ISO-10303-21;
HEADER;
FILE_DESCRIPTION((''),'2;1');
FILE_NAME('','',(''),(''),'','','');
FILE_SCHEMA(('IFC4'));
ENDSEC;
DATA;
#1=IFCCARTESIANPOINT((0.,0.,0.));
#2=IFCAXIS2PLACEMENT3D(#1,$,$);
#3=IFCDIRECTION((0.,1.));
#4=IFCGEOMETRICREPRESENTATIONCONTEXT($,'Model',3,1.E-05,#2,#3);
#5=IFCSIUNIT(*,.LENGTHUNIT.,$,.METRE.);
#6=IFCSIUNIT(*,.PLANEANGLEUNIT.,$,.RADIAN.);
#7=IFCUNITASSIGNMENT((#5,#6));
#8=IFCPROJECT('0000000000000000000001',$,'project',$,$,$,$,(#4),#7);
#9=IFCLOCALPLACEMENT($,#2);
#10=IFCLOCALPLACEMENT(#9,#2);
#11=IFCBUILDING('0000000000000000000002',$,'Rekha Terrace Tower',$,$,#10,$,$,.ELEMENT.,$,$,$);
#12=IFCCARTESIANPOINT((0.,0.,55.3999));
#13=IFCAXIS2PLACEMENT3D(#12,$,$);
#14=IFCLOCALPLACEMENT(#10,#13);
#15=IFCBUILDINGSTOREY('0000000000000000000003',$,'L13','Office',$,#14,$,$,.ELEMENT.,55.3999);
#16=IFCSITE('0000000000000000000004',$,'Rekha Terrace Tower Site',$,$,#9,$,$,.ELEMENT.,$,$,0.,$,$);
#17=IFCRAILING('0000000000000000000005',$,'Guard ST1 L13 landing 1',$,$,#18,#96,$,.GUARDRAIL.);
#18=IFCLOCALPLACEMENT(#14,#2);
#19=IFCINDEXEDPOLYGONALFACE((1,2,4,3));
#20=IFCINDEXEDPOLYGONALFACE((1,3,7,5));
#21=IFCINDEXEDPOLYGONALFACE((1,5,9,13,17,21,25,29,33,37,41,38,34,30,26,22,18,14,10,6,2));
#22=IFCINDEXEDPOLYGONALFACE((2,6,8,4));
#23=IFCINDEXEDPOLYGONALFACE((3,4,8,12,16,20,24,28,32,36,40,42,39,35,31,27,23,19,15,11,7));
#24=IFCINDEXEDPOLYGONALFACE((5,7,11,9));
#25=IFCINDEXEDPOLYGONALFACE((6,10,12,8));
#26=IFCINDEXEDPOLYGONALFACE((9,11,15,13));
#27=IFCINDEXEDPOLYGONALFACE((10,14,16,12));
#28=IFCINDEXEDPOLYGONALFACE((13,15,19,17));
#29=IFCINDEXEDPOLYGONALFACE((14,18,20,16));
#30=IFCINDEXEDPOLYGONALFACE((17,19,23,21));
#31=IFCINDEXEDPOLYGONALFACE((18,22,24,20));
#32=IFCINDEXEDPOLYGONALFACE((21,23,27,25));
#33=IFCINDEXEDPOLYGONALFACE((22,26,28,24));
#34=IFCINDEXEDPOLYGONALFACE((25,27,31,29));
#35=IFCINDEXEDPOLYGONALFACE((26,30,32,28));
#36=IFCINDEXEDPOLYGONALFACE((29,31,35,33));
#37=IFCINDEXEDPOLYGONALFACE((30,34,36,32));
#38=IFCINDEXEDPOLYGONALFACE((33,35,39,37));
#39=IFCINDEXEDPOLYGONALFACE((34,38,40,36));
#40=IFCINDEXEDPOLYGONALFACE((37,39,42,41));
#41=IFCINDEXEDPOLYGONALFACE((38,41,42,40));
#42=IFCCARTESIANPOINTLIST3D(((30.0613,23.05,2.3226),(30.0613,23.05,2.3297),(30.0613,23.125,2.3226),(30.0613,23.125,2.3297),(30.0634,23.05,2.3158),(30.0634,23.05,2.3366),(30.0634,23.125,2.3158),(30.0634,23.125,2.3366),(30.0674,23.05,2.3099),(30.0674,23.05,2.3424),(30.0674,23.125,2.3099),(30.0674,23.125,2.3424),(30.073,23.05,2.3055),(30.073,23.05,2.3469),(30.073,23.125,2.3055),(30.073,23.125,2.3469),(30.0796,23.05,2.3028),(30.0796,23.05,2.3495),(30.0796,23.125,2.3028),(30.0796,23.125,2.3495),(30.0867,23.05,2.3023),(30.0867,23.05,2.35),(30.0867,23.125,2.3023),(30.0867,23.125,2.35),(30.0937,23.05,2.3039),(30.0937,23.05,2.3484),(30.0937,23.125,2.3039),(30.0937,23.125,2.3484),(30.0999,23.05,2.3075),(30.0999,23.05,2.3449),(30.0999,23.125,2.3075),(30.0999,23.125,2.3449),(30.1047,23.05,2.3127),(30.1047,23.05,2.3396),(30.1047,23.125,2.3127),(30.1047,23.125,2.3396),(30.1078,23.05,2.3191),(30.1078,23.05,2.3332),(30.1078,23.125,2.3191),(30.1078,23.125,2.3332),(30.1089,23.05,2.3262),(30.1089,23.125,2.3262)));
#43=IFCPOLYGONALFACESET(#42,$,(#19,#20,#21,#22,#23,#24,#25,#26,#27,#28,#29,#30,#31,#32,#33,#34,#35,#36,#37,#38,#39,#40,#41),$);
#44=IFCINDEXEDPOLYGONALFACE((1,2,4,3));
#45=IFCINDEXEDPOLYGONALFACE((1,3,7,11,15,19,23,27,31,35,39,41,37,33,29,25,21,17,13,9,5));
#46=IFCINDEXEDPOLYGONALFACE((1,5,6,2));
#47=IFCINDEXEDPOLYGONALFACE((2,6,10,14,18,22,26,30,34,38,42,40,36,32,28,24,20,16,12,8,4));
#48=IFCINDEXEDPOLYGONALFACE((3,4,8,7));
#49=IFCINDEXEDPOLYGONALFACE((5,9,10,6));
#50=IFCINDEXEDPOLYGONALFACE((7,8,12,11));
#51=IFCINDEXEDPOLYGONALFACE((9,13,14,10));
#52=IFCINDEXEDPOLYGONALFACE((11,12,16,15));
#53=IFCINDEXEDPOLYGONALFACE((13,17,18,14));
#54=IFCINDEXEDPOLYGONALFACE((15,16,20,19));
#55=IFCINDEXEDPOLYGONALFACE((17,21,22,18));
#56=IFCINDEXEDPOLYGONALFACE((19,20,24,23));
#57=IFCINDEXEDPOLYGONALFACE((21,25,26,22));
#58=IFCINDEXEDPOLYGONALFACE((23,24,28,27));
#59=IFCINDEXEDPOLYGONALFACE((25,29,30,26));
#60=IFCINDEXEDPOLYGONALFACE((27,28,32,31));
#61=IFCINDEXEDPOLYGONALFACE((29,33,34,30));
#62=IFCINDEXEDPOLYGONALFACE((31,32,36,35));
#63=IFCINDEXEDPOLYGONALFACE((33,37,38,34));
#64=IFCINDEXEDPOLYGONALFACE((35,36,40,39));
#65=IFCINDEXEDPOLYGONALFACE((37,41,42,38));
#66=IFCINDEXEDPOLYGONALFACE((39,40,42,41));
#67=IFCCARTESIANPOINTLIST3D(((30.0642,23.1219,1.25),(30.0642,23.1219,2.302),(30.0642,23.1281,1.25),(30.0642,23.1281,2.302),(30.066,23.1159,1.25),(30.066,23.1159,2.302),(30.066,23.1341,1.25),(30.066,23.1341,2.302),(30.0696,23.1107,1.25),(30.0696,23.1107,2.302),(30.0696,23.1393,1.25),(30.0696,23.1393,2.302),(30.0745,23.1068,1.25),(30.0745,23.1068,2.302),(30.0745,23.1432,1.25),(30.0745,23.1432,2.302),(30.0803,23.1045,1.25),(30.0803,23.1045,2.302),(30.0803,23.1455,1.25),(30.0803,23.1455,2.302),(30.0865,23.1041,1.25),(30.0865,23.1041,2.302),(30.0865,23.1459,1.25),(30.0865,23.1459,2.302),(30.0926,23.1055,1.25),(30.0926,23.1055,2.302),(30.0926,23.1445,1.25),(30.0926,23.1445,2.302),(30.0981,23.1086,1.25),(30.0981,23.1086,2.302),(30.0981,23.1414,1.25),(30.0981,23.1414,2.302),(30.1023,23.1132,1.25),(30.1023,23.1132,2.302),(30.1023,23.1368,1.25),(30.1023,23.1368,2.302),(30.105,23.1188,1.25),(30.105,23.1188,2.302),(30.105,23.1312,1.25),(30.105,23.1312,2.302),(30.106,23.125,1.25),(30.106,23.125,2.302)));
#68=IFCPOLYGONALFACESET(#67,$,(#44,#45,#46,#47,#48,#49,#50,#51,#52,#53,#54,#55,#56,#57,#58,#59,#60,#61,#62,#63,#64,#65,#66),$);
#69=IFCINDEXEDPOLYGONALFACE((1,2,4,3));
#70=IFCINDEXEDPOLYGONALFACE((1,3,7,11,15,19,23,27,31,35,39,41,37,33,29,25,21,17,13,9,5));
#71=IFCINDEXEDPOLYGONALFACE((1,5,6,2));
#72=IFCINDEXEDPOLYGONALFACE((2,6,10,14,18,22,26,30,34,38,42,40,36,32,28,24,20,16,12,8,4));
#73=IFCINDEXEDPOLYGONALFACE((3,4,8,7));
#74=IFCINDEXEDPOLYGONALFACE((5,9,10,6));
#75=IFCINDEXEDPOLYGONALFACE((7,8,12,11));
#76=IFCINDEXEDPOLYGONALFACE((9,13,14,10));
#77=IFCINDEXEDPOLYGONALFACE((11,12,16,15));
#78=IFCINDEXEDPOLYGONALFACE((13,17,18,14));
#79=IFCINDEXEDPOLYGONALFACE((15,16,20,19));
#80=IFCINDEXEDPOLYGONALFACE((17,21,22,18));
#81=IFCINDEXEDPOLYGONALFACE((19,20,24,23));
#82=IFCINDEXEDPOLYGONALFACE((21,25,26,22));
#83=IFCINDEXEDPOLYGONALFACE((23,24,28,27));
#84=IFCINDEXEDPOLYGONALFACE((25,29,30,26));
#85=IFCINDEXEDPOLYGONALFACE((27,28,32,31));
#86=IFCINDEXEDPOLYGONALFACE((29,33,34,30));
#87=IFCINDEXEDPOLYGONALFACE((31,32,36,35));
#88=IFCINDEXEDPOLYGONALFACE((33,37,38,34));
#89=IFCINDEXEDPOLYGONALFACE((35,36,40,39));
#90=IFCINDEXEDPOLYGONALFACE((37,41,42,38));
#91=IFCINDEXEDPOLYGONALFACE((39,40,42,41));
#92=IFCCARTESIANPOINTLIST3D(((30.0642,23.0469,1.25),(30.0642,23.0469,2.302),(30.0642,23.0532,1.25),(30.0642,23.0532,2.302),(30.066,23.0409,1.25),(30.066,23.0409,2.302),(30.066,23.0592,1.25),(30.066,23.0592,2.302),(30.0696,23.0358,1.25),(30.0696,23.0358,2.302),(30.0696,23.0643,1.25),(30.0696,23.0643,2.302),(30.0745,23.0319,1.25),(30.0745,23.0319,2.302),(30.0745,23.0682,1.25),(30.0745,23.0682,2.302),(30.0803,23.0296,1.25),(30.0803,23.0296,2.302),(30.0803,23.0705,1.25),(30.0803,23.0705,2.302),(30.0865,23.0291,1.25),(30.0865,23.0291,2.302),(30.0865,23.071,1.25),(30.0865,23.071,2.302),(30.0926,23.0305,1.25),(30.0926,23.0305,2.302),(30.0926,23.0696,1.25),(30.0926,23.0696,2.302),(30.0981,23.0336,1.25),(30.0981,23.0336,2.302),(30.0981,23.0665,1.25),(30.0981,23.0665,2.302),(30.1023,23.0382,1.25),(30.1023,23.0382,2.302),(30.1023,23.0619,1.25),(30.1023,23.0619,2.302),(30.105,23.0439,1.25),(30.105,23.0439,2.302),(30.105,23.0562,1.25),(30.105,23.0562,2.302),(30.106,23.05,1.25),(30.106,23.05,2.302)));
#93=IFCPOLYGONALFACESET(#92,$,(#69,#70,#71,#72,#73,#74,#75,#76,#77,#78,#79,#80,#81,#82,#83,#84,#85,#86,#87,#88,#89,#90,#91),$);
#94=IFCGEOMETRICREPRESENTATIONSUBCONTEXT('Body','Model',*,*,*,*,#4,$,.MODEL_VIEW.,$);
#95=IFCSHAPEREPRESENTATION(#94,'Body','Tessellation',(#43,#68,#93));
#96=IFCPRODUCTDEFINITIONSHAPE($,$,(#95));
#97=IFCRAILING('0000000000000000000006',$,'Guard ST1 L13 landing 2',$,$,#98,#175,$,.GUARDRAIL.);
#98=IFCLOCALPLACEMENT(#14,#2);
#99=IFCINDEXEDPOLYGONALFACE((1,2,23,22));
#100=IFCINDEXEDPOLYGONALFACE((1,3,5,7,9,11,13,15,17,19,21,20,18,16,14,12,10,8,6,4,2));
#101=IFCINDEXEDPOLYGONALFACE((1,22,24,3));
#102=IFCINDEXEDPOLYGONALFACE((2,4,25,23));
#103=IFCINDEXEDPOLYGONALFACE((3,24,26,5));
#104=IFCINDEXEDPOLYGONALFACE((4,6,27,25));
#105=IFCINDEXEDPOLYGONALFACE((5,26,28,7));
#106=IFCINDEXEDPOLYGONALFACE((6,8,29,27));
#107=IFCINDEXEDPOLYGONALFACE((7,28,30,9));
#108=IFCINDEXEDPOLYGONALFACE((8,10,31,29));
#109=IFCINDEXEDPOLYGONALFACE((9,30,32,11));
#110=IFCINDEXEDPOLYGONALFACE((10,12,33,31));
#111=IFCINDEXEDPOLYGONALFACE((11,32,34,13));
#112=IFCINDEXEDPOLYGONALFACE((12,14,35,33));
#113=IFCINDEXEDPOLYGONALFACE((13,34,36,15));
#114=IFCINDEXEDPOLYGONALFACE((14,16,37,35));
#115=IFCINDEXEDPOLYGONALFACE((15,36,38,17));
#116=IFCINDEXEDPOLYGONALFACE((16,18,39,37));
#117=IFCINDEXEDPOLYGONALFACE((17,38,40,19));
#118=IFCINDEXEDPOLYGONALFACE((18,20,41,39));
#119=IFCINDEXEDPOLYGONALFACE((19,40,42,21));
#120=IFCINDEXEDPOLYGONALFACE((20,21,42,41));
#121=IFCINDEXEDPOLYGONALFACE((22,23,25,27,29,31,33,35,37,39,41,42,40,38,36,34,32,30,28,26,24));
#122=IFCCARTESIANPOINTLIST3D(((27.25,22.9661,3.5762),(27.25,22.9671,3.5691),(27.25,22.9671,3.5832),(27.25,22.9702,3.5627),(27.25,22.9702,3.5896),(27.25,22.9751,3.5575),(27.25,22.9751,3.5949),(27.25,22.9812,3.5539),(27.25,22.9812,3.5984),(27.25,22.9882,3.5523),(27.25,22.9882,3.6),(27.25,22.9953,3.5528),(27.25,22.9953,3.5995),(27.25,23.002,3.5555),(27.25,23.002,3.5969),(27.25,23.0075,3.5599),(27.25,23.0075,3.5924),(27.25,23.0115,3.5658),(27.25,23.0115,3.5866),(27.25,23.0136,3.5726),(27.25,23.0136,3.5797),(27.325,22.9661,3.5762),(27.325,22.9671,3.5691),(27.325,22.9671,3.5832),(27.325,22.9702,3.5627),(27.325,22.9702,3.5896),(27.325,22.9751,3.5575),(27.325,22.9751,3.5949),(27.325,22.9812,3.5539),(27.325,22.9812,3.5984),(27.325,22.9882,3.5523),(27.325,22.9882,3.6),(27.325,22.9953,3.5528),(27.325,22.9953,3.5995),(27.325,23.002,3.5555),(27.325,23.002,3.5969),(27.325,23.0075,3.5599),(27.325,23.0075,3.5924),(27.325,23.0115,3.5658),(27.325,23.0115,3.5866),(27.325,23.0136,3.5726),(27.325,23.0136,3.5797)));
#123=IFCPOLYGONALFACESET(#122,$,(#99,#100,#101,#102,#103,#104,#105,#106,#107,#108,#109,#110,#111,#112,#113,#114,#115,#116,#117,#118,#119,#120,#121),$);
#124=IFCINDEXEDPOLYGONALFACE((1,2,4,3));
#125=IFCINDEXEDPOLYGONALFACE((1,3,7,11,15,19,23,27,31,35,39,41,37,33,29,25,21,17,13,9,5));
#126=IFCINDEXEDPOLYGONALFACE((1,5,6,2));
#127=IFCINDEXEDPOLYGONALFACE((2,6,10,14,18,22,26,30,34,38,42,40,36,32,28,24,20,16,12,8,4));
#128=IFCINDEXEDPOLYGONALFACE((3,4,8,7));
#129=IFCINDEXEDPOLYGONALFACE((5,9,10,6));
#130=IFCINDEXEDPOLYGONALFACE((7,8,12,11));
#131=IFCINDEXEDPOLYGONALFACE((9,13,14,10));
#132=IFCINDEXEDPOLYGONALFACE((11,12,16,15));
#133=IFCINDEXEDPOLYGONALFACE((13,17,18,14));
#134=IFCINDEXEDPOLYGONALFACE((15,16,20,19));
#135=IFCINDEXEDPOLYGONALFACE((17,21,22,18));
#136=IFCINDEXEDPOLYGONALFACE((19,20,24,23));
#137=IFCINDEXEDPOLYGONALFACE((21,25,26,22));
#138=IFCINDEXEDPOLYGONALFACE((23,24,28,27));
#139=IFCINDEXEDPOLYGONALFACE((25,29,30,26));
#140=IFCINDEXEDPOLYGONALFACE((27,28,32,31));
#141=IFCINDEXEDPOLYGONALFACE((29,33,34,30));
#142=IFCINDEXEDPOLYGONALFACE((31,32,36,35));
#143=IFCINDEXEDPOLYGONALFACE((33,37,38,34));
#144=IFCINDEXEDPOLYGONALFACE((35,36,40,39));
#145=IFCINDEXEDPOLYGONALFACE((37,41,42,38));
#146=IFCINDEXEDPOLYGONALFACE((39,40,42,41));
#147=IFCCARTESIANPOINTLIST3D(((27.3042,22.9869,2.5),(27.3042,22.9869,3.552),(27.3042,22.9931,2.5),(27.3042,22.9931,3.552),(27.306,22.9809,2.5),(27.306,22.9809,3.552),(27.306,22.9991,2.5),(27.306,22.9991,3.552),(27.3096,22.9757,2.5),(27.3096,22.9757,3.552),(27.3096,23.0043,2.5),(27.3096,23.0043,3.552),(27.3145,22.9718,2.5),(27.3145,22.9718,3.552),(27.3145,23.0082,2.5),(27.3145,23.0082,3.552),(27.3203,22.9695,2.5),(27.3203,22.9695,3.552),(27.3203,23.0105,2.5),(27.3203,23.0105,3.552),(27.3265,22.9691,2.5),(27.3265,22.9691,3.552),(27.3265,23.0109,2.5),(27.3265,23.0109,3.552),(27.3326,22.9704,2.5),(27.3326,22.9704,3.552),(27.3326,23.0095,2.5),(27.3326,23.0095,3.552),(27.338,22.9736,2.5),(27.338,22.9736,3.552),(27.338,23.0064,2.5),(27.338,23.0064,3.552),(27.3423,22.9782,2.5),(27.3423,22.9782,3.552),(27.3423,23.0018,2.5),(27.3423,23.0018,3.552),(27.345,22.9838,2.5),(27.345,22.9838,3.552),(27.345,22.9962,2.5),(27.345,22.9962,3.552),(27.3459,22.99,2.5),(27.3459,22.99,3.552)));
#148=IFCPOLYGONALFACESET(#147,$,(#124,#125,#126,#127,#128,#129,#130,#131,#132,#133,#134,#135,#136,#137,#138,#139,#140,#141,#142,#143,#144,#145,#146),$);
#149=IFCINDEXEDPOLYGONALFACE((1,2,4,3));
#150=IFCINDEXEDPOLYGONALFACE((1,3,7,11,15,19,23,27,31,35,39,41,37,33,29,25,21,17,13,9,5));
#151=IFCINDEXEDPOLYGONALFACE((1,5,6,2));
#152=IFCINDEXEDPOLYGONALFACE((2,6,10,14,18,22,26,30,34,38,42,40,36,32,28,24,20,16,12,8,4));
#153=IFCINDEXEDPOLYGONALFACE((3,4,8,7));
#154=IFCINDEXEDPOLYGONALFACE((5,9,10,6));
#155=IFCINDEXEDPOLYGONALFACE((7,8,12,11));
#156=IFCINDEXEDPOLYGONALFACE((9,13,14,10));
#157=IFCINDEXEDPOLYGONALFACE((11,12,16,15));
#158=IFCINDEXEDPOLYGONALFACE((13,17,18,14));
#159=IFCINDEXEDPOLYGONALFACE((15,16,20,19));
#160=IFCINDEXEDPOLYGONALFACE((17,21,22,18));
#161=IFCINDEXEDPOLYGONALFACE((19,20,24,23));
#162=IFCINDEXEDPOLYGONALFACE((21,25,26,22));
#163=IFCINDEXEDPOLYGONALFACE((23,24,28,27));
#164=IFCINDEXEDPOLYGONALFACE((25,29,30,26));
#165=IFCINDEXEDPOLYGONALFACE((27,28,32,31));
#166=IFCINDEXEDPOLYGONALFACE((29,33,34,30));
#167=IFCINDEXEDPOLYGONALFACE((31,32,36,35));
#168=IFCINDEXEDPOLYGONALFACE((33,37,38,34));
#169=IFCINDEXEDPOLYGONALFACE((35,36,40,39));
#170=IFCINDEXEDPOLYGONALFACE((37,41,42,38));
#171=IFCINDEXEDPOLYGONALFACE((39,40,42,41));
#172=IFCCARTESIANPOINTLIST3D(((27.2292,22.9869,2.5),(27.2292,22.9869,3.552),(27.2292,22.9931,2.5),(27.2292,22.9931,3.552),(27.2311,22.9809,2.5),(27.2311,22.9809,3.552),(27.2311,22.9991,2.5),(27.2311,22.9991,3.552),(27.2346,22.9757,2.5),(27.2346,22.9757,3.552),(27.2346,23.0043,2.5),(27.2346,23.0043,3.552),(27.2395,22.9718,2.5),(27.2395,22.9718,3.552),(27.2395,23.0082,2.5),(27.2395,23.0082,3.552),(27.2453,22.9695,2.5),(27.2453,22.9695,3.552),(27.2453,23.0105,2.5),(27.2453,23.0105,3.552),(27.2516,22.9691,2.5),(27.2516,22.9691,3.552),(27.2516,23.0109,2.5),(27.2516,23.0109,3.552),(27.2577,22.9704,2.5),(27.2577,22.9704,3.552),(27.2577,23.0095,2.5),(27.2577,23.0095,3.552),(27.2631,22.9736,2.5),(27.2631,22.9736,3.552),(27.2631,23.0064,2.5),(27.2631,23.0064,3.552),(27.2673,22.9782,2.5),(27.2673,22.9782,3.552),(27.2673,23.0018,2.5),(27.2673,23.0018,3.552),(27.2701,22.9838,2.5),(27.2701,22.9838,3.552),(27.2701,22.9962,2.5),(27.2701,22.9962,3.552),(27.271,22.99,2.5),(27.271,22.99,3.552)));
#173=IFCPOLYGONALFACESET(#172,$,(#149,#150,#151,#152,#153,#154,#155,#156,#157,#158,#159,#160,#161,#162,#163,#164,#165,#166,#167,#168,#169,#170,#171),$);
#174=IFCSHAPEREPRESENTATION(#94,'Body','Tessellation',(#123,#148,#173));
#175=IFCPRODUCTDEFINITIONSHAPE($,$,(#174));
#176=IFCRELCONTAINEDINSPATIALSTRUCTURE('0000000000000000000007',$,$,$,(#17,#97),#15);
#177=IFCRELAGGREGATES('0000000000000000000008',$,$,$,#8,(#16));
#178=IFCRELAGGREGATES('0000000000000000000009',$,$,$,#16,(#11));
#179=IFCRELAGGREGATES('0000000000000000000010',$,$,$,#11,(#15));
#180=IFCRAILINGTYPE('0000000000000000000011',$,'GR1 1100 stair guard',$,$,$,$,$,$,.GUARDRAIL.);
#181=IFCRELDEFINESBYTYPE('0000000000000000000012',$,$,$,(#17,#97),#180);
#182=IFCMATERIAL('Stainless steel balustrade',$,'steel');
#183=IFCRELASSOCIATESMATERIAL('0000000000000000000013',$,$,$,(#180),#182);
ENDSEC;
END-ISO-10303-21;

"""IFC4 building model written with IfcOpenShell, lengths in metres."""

from ifc_helpers import new_model, si_unit, direction, frame, origin, origin_2d, place, context, subcontext, project, spatial, circle, extrude, material, type_object, element, save


model = new_model("IFC4")

# Units and contexts
model_context = context("Model", 3, precision=1e-05, world=origin(), true_north=direction((0.0, 1.0)))
body_context = subcontext(model_context, "Body", "Model", "MODEL_VIEW")
ifc_project = project(units=[si_unit("LENGTHUNIT", "METRE"), si_unit("PLANEANGLEUNIT", "RADIAN")], contexts=[model_context])

# Site, building, storey
site_placement = place(None, origin())
site = spatial("IfcSite", under=ifc_project, at=site_placement, Name="Rekha Terrace Tower Site", CompositionType="ELEMENT", RefElevation=0.0)
building_placement = place(site_placement, origin())
building = spatial("IfcBuilding", under=site, at=building_placement, Name="Rekha Terrace Tower", CompositionType="ELEMENT")
storey_placement = place(building_placement, frame((0.0, 0.0, 55.3999)))
storey = spatial("IfcBuildingStorey", under=building, at=storey_placement, Name="L13", Description="Office", CompositionType="ELEMENT", Elevation=55.3999)

# Railings
ifc_material_1 = material(Name="Stainless steel balustrade", Category="steel")
railing_type_1 = type_object("IfcRailingType", Name="GR1 1100 stair guard", PredefinedType="GUARDRAIL", material=ifc_material_1)
railing_1_placement = place(storey_placement, frame((30.085, 23.125, 1.25)))
element("IfcRailing", 1, at=railing_1_placement, inside=storey, type_object=railing_type_1, Name="Guard ST1 L13 landing 1", PredefinedType="GUARDRAIL", context=body_context, shape_type="SweptSolid", body=[
    extrude(circle(Radius=0.0239, at=origin_2d()), frame((0.0, 0.0, 1.0762), z_axis=(0.0, -1.0, 0.0), x_axis=(1.0, 0.0, 0.0)), (0.0, 0.0, 1.0), 0.075),
    extrude(circle(Radius=0.021, at=origin_2d()), origin(), (0.0, 0.0, 1.0), 1.052),
    extrude(circle(Radius=0.021, at=origin_2d()), frame((0.0, -0.075, 0.0)), (0.0, 0.0, 1.0), 1.052),
])
railing_2_placement = place(storey_placement, frame((27.325, 22.99, 2.5)))
element("IfcRailing", 2, at=railing_2_placement, inside=storey, type_object=railing_type_1, Name="Guard ST1 L13 landing 2", PredefinedType="GUARDRAIL", context=body_context, shape_type="SweptSolid", body=[
    extrude(circle(Radius=0.0239, at=origin_2d()), frame((0.0, 0.0, 1.0762), z_axis=(-1.0, 0.0, 0.0), x_axis=(0.0, -1.0, 0.0)), (0.0, 0.0, 1.0), 0.075),
    extrude(circle(Radius=0.021, at=origin_2d()), origin(), (0.0, 0.0, 1.0), 1.052),
    extrude(circle(Radius=0.021, at=origin_2d()), frame((-0.075, 0.0, 0.0)), (0.0, 0.0, 1.0), 1.052),
])

save(model, "model.ifc")
